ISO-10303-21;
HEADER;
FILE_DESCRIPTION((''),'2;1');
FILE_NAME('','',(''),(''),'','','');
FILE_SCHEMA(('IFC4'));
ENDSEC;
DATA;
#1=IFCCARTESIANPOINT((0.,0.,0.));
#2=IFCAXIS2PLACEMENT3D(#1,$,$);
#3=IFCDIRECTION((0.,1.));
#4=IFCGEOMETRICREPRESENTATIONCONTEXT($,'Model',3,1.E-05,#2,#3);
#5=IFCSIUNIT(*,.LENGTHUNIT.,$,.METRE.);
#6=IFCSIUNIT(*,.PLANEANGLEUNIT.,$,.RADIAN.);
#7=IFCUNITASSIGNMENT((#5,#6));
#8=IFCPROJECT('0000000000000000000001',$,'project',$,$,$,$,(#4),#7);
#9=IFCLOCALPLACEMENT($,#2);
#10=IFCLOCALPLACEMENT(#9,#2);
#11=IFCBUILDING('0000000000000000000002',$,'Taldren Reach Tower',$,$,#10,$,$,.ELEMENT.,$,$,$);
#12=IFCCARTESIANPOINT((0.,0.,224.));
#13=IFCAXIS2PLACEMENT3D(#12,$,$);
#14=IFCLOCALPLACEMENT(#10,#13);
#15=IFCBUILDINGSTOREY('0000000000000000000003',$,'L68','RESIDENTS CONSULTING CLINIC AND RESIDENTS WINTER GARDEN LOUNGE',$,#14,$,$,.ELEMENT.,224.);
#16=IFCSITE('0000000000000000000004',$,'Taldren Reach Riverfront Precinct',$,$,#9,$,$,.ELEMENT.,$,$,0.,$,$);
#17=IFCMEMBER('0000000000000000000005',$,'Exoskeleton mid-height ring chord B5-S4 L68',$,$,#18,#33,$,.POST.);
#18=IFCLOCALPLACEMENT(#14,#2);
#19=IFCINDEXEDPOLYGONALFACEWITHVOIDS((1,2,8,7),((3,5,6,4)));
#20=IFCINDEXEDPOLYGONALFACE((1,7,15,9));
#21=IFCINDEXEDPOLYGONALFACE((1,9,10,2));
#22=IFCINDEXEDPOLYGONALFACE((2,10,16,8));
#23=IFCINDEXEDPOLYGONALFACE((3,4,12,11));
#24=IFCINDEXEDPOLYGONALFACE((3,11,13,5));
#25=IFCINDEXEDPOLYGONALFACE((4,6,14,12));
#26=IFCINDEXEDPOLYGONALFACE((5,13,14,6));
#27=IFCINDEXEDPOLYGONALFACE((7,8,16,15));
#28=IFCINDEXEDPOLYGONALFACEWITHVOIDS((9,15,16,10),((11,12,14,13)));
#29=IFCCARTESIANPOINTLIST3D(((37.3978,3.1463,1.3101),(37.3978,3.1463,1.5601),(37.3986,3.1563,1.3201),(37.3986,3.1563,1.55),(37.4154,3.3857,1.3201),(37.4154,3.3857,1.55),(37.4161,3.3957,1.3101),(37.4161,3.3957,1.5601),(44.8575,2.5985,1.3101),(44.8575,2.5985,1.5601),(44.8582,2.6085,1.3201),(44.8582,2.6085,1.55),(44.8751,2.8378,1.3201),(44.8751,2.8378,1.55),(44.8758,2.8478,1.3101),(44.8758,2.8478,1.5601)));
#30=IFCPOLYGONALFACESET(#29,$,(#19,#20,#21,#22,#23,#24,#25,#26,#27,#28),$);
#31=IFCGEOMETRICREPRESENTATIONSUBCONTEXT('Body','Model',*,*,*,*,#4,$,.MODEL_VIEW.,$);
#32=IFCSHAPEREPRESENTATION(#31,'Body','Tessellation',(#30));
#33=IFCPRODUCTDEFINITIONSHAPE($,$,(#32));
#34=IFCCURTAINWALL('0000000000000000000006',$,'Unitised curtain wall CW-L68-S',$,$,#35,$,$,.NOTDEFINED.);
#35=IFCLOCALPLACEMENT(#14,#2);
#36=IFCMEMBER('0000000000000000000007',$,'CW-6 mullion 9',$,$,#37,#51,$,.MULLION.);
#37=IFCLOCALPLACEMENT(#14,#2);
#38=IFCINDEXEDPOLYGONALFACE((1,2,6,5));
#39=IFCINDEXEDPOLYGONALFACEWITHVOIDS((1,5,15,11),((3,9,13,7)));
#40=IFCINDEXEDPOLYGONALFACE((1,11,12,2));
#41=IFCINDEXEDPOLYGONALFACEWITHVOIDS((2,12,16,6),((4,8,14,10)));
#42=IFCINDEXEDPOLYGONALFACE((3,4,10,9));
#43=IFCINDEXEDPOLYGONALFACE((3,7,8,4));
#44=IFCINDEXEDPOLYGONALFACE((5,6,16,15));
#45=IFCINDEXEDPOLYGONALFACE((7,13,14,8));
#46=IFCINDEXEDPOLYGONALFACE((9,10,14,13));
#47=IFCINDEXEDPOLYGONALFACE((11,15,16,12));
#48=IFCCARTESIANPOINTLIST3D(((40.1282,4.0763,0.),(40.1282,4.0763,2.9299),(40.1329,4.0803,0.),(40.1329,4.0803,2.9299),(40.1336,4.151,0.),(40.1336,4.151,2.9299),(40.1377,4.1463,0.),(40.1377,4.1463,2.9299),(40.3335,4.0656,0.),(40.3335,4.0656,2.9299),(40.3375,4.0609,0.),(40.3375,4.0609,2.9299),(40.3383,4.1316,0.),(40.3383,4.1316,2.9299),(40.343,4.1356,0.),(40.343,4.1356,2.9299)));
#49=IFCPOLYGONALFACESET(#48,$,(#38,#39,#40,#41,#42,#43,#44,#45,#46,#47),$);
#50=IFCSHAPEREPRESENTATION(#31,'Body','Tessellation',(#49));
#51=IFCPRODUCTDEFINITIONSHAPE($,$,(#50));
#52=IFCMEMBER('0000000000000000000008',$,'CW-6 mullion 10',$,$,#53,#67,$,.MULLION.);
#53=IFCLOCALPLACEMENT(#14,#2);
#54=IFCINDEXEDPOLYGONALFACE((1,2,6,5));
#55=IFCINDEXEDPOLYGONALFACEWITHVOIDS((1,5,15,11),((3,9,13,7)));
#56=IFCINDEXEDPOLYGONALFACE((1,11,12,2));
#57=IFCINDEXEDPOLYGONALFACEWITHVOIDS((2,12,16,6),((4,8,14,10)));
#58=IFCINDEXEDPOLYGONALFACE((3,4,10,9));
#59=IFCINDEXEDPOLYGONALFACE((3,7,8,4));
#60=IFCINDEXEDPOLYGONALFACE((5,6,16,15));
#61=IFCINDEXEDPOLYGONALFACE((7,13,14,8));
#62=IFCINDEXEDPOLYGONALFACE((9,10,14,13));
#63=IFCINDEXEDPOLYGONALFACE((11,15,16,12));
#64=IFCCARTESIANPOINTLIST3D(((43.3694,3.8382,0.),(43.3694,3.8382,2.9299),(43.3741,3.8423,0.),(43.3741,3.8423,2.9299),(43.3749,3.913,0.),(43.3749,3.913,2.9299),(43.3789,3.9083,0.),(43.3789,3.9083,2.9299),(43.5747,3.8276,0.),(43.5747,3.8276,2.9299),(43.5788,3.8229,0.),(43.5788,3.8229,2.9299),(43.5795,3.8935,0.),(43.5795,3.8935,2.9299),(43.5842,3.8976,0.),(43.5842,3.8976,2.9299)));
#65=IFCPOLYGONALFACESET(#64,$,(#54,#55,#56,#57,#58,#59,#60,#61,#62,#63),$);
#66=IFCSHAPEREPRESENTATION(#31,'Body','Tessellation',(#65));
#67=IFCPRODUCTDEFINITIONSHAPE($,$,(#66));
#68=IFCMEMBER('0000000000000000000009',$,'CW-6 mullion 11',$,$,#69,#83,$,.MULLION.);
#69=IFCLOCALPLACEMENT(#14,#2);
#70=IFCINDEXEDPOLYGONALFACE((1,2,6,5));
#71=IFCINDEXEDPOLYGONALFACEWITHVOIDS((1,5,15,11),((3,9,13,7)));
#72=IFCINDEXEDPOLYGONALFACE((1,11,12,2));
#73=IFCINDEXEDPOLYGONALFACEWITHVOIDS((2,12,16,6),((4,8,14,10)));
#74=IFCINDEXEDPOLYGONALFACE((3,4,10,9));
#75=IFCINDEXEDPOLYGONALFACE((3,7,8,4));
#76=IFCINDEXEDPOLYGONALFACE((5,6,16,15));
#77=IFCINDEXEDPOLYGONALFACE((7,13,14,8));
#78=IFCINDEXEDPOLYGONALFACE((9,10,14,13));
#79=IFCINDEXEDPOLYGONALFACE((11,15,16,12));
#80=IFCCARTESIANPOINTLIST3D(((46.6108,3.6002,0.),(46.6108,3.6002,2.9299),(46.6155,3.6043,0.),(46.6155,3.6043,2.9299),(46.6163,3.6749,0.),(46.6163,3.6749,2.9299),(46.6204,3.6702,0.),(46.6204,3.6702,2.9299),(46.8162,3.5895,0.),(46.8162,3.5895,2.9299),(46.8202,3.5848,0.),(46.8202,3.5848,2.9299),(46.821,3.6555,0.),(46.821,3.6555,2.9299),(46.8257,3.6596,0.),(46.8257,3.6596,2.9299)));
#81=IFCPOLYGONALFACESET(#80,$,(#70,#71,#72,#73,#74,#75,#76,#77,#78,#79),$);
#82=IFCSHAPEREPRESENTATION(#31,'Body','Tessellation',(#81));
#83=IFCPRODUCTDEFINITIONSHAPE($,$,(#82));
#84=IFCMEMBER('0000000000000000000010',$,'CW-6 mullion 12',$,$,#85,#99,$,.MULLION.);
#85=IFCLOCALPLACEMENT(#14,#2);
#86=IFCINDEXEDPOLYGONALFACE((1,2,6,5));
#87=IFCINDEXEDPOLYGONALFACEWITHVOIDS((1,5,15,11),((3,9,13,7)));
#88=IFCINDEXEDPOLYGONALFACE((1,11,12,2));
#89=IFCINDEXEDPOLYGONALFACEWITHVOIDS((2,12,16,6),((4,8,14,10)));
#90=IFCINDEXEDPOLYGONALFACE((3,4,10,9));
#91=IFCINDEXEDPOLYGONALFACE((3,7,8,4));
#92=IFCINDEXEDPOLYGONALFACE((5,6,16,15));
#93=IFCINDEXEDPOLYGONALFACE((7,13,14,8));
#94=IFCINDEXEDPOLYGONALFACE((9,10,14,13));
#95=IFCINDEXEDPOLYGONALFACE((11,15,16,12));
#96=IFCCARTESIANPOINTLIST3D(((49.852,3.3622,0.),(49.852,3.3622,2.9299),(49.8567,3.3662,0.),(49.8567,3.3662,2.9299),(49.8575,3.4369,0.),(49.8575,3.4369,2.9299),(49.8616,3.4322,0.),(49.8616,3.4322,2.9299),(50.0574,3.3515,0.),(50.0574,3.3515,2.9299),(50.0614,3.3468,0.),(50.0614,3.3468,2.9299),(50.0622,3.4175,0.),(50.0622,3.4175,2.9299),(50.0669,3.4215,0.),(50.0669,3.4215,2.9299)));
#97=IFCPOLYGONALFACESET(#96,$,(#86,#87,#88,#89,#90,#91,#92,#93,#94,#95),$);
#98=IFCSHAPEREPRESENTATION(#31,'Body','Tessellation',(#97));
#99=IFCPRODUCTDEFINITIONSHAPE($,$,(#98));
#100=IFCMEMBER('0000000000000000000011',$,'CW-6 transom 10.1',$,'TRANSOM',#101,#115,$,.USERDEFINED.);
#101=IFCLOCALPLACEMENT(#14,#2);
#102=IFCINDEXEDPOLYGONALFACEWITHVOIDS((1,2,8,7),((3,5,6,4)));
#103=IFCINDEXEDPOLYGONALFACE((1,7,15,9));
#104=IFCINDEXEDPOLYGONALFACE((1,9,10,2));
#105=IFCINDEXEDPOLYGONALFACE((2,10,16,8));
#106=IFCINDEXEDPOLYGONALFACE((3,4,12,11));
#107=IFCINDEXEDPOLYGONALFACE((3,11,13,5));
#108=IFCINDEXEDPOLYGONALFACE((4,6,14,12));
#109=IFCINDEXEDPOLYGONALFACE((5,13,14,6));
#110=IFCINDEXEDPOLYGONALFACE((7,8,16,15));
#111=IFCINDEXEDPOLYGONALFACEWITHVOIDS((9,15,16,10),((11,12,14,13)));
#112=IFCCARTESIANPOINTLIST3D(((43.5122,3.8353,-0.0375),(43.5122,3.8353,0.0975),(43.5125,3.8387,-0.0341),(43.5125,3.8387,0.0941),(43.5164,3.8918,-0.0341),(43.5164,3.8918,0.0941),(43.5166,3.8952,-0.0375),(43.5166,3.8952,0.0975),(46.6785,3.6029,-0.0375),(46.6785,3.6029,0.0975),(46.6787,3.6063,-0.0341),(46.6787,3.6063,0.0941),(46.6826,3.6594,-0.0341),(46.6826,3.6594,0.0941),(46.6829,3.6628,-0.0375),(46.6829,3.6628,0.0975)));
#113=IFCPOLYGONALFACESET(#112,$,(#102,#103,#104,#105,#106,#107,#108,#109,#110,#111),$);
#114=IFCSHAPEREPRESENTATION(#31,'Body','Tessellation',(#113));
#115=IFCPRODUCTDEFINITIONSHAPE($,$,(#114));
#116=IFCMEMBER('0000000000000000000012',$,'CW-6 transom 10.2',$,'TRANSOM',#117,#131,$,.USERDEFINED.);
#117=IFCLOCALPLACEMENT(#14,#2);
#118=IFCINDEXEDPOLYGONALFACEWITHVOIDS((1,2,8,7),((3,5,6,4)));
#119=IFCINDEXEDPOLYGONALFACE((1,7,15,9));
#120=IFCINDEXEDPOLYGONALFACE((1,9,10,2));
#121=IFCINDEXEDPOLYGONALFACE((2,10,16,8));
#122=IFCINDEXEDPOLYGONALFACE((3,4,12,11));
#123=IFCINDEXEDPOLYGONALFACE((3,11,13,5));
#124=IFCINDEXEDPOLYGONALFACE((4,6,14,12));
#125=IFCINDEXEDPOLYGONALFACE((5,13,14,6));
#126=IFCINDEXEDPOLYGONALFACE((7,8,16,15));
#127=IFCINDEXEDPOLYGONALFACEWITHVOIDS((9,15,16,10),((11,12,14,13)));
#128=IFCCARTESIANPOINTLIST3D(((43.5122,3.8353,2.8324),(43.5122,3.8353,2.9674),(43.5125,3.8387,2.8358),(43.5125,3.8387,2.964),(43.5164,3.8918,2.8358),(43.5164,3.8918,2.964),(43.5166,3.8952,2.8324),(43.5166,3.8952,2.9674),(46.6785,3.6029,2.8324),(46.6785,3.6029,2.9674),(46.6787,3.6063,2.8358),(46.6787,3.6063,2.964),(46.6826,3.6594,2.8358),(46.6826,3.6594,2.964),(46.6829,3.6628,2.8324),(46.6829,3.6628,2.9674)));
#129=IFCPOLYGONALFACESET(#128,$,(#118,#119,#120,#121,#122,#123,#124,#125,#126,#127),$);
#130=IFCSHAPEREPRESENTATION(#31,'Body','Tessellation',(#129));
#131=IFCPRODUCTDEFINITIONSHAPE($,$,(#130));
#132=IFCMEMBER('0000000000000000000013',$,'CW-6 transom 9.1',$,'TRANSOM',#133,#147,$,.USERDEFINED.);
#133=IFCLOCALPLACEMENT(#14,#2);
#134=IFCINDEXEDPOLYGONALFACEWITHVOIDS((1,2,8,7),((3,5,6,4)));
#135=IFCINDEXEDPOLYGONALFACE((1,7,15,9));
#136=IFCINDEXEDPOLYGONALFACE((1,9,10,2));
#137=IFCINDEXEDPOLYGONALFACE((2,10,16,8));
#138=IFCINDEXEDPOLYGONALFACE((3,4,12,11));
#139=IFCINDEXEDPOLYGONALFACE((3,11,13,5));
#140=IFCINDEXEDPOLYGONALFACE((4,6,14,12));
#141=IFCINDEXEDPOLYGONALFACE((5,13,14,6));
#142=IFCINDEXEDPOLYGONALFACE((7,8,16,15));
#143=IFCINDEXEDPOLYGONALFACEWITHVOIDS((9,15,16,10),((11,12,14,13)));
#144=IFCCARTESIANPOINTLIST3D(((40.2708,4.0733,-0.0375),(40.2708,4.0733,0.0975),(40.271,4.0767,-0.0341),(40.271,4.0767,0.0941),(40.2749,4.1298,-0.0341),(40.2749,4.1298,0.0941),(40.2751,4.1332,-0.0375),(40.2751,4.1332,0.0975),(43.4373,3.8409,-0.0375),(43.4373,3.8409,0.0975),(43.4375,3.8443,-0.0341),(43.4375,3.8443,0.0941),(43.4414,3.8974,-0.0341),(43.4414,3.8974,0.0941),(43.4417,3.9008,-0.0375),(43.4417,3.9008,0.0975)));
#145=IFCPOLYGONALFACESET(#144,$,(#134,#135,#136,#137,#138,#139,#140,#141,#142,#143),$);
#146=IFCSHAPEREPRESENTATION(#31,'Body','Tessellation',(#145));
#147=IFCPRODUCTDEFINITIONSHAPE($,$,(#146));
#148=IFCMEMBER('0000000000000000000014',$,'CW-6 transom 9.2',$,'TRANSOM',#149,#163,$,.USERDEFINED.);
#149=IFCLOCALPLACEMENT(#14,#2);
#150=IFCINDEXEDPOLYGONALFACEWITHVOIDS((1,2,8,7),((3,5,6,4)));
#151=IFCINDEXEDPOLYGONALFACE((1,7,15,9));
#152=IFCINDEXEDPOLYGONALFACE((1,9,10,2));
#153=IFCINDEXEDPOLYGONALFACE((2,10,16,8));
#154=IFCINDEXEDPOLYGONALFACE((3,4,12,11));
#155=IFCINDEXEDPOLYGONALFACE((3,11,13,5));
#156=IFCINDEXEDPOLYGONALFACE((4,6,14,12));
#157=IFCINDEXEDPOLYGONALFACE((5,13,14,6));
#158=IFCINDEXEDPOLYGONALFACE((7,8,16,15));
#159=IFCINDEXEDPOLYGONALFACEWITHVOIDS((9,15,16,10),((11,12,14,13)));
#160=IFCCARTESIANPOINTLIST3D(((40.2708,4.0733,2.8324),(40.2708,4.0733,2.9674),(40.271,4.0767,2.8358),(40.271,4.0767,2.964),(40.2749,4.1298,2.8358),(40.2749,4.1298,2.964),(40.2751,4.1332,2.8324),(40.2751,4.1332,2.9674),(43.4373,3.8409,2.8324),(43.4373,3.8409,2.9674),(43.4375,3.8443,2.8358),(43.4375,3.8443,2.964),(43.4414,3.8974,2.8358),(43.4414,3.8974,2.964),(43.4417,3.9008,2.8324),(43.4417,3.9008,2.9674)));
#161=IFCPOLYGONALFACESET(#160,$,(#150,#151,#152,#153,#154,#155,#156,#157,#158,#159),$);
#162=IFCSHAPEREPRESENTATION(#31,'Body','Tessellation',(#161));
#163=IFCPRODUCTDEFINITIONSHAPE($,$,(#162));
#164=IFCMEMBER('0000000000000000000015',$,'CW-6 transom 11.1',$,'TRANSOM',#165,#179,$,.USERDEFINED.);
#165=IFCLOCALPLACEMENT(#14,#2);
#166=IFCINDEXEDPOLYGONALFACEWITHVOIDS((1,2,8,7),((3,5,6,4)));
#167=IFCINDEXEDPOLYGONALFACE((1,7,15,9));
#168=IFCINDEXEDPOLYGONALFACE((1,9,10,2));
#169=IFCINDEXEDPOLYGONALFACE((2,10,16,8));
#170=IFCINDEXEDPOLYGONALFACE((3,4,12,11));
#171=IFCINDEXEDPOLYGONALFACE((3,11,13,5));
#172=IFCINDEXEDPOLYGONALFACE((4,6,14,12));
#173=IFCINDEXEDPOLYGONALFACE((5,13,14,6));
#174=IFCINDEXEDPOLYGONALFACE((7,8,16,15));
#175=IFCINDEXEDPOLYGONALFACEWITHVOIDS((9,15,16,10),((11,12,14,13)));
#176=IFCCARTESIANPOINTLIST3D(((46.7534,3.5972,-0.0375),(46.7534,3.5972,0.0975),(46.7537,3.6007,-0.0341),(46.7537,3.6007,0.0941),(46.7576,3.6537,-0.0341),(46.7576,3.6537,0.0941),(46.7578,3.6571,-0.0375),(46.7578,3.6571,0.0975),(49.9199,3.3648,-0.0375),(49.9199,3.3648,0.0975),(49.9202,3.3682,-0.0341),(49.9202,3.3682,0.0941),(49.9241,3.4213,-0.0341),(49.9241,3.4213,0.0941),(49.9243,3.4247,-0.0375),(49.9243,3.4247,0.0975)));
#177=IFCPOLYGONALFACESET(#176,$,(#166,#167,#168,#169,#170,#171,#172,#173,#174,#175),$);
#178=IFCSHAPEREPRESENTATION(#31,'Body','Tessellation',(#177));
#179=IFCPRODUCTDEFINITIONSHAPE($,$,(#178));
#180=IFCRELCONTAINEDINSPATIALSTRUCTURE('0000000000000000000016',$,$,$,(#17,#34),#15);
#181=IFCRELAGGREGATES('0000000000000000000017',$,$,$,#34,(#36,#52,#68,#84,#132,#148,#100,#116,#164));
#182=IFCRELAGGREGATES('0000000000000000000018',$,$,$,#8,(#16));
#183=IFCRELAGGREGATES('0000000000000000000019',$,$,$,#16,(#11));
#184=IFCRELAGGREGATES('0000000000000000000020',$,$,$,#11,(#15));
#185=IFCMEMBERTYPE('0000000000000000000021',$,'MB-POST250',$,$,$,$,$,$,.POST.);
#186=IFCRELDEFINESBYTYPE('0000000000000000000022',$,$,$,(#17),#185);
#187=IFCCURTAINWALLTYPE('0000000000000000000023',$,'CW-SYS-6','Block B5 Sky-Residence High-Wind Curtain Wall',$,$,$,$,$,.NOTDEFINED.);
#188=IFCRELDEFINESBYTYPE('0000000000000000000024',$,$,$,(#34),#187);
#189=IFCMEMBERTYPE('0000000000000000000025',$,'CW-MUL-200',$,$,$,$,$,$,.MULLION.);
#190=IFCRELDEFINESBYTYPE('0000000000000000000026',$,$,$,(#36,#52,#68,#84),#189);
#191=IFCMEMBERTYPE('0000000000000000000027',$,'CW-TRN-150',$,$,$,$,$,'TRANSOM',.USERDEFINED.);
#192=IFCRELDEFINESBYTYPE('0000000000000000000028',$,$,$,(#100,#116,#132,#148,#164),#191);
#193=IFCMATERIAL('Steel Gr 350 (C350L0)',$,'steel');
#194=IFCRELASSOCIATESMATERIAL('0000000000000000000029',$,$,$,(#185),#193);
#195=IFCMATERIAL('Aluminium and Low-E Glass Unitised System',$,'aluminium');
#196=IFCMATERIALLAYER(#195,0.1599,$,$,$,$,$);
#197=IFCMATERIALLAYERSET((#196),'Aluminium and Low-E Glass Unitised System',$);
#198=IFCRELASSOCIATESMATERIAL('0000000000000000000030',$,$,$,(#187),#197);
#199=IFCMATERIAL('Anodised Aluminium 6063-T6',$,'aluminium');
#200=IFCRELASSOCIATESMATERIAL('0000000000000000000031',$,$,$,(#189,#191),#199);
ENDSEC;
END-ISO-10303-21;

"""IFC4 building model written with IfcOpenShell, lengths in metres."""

from ifc_helpers import new_model, si_unit, direction, frame, origin, origin_2d, place, context, subcontext, project, spatial, hollow_rectangle, extrude, source, transform, mapped, material, layer, layer_set, material_profile, profile_set, type_object, element, aggregate, save


model = new_model("IFC4")

# Units and contexts
model_context = context("Model", 3, precision=1e-05, world=origin(), true_north=direction((0.0, 1.0)))
body_context = subcontext(model_context, "Body", "Model", "MODEL_VIEW")
ifc_project = project(units=[si_unit("LENGTHUNIT", "METRE"), si_unit("PLANEANGLEUNIT", "RADIAN")], contexts=[model_context])

# Site, building, storey
site_placement = place(None, origin())
site = spatial("IfcSite", under=ifc_project, at=site_placement, Name="Taldren Reach Riverfront Precinct", CompositionType="ELEMENT", RefElevation=0.0)
building_placement = place(site_placement, origin())
building = spatial("IfcBuilding", under=site, at=building_placement, Name="Taldren Reach Tower", CompositionType="ELEMENT")
storey_placement = place(building_placement, frame((0.0, 0.0, 224.0)))
storey = spatial("IfcBuildingStorey", under=building, at=storey_placement, Name="L68", Description="RESIDENTS CONSULTING CLINIC AND RESIDENTS WINTER GARDEN LOUNGE", CompositionType="ELEMENT", Elevation=224.0)

# Shared definitions
ifc_material_1 = material(Name="Steel Gr 350 (C350L0)", Category="steel")
ifc_material_profile_1 = material_profile(ifc_material_1, hollow_rectangle(XDim=0.25, YDim=0.25, WallThickness=0.01, at=origin_2d()), Name="250x250x10.0SHS")
ifc_profile_set_1 = profile_set([ifc_material_profile_1], Name="Steel Gr 350 (C350L0)")
member_type_1 = type_object("IfcMemberType", Name="MB-POST250", PredefinedType="POST", material=ifc_profile_set_1)

# Member
shared_shape_1 = source(origin(), body_context, "Body", "SweptSolid", [
    extrude(hollow_rectangle(XDim=0.25, YDim=0.25, WallThickness=0.01, at=origin_2d()), origin(), (0.0, 0.0, 1.0), 7.4797),
])
member_1_placement = place(storey_placement, frame((37.407, 3.271, 1.4351), z_axis=(0.997314, -0.073244, 0.0), x_axis=(0.073244, 0.997314, 0.0)))
element("IfcMember", 1, at=member_1_placement, inside=storey, type_object=member_type_1, Name="Exoskeleton mid-height ring chord B5-S4 L68", PredefinedType="POST", context=body_context, shape_type="MappedRepresentation", body=[
    mapped(shared_shape_1, transform((0.0, 0.0, 0.0), scale=1.0)),
])

# Curtain wall, members
ifc_material_2 = material(Name="Aluminium and Low-E Glass Unitised System", Category="aluminium")
ifc_layer_1 = layer(ifc_material_2, 0.1599)
ifc_layer_set_1 = layer_set([ifc_layer_1], Name="Aluminium and Low-E Glass Unitised System")
curtain_wall_type = type_object("IfcCurtainWallType", Name="CW-SYS-6", Description="Block B5 Sky-Residence High-Wind Curtain Wall", PredefinedType="NOTDEFINED", material=ifc_layer_set_1)
curtain_wall_placement = place(storey_placement, origin())
curtain_wall = element("IfcCurtainWall", 2, at=curtain_wall_placement, inside=storey, type_object=curtain_wall_type, Name="Unitised curtain wall CW-L68-S", PredefinedType="NOTDEFINED")
ifc_material_3 = material(Name="Anodised Aluminium 6063-T6", Category="aluminium")
ifc_material_profile_2 = material_profile(ifc_material_3, hollow_rectangle(XDim=0.075, YDim=0.21, WallThickness=0.0044, at=origin_2d()), Name="ALU-210x75x4.5RHS")
ifc_profile_set_2 = profile_set([ifc_material_profile_2], Name="Anodised Aluminium 6063-T6")
member_type_2 = type_object("IfcMemberType", Name="CW-MUL-200", PredefinedType="MULLION", material=ifc_profile_set_2)
shared_shape_2 = source(origin(), body_context, "Body", "SweptSolid", [
    extrude(hollow_rectangle(XDim=0.075, YDim=0.21, WallThickness=0.0044, at=origin_2d()), origin(), (0.0, 0.0, 1.0), 2.9299),
])
member_2_placement = place(storey_placement, frame((40.2356, 4.106, 0.0), z_axis=(0.0, 0.0, 1.0), x_axis=(0.073238, 0.997314, 0.0)))
member_2 = element("IfcMember", 3, at=member_2_placement, type_object=member_type_2, Name="CW-6 mullion 9", PredefinedType="MULLION", context=body_context, shape_type="MappedRepresentation", body=[
    mapped(shared_shape_2, transform((0.0, 0.0, 0.0), scale=1.0)),
])
member_3_placement = place(storey_placement, frame((43.4768, 3.8679, 0.0), z_axis=(0.0, 0.0, 1.0), x_axis=(0.073238, 0.997314, 0.0)))
member_3 = element("IfcMember", 4, at=member_3_placement, type_object=member_type_2, Name="CW-6 mullion 10", PredefinedType="MULLION", context=body_context, shape_type="MappedRepresentation", body=[
    mapped(shared_shape_2, transform((0.0, 0.0, 0.0), scale=1.0)),
])
member_4_placement = place(storey_placement, frame((46.7183, 3.6299, 0.0), z_axis=(0.0, 0.0, 1.0), x_axis=(0.073238, 0.997314, 0.0)))
member_4 = element("IfcMember", 5, at=member_4_placement, type_object=member_type_2, Name="CW-6 mullion 11", PredefinedType="MULLION", context=body_context, shape_type="MappedRepresentation", body=[
    mapped(shared_shape_2, transform((0.0, 0.0, 0.0), scale=1.0)),
])
member_5_placement = place(storey_placement, frame((49.9595, 3.3918, 0.0), z_axis=(0.0, 0.0, 1.0), x_axis=(0.073238, 0.997314, 0.0)))
member_5 = element("IfcMember", 6, at=member_5_placement, type_object=member_type_2, Name="CW-6 mullion 12", PredefinedType="MULLION", context=body_context, shape_type="MappedRepresentation", body=[
    mapped(shared_shape_2, transform((0.0, 0.0, 0.0), scale=1.0)),
])
ifc_material_profile_3 = material_profile(ifc_material_3, hollow_rectangle(XDim=0.0601, YDim=0.135, WallThickness=0.0034, at=origin_2d()), Name="ALU-135x60x3.5RHS")
ifc_profile_set_3 = profile_set([ifc_material_profile_3], Name="Anodised Aluminium 6063-T6")
member_type_3 = type_object("IfcMemberType", Name="CW-TRN-150", ElementType="TRANSOM", PredefinedType="USERDEFINED", material=ifc_profile_set_3)
shared_shape_3 = source(origin(), body_context, "Body", "SweptSolid", [
    extrude(hollow_rectangle(XDim=0.0601, YDim=0.135, WallThickness=0.0034, at=origin_2d()), origin(), (0.0, 0.0, 1.0), 3.1748),
])
member_6_placement = place(storey_placement, frame((43.5144, 3.8652, 0.03), z_axis=(0.997317, -0.073209, 0.0), x_axis=(0.073209, 0.997317, 0.0)))
member_6 = element("IfcMember", 7, at=member_6_placement, type_object=member_type_3, Name="CW-6 transom 10.1", ObjectType="TRANSOM", PredefinedType="USERDEFINED", context=body_context, shape_type="MappedRepresentation", body=[
    mapped(shared_shape_3, transform((0.0, 0.0, 0.0), scale=1.0)),
])
member_7_placement = place(storey_placement, frame((43.5144, 3.8652, 2.8999), z_axis=(0.997317, -0.073209, 0.0), x_axis=(0.073209, 0.997317, 0.0)))
member_7 = element("IfcMember", 8, at=member_7_placement, type_object=member_type_3, Name="CW-6 transom 10.2", ObjectType="TRANSOM", PredefinedType="USERDEFINED", context=body_context, shape_type="MappedRepresentation", body=[
    mapped(shared_shape_3, transform((0.0, 0.0, 0.0), scale=1.0)),
])
shared_shape_4 = source(origin(), body_context, "Body", "SweptSolid", [
    extrude(hollow_rectangle(XDim=0.0601, YDim=0.135, WallThickness=0.0034, at=origin_2d()), origin(), (0.0, 0.0, 1.0), 3.175),
])
member_8_placement = place(storey_placement, frame((40.2729, 4.1033, 0.03), z_axis=(0.997317, -0.073203, 0.0), x_axis=(0.073203, 0.997317, 0.0)))
member_8 = element("IfcMember", 9, at=member_8_placement, type_object=member_type_3, Name="CW-6 transom 9.1", ObjectType="TRANSOM", PredefinedType="USERDEFINED", context=body_context, shape_type="MappedRepresentation", body=[
    mapped(shared_shape_4, transform((0.0, 0.0, 0.0), scale=1.0)),
])
member_9_placement = place(storey_placement, frame((40.2729, 4.1033, 2.8999), z_axis=(0.997317, -0.073203, 0.0), x_axis=(0.073203, 0.997317, 0.0)))
member_9 = element("IfcMember", 10, at=member_9_placement, type_object=member_type_3, Name="CW-6 transom 9.2", ObjectType="TRANSOM", PredefinedType="USERDEFINED", context=body_context, shape_type="MappedRepresentation", body=[
    mapped(shared_shape_4, transform((0.0, 0.0, 0.0), scale=1.0)),
])
member_10_placement = place(storey_placement, frame((46.7556, 3.6272, 0.03), z_axis=(0.997317, -0.073203, 0.0), x_axis=(0.073203, 0.997317, 0.0)))
member_10 = element("IfcMember", 11, at=member_10_placement, type_object=member_type_3, Name="CW-6 transom 11.1", ObjectType="TRANSOM", PredefinedType="USERDEFINED", context=body_context, shape_type="MappedRepresentation", body=[
    mapped(shared_shape_4, transform((0.0, 0.0, 0.0), scale=1.0)),
])

aggregate(curtain_wall, [member_2, member_3, member_4, member_5, member_8, member_9, member_6, member_7, member_10])

save(model, "model.ifc")
